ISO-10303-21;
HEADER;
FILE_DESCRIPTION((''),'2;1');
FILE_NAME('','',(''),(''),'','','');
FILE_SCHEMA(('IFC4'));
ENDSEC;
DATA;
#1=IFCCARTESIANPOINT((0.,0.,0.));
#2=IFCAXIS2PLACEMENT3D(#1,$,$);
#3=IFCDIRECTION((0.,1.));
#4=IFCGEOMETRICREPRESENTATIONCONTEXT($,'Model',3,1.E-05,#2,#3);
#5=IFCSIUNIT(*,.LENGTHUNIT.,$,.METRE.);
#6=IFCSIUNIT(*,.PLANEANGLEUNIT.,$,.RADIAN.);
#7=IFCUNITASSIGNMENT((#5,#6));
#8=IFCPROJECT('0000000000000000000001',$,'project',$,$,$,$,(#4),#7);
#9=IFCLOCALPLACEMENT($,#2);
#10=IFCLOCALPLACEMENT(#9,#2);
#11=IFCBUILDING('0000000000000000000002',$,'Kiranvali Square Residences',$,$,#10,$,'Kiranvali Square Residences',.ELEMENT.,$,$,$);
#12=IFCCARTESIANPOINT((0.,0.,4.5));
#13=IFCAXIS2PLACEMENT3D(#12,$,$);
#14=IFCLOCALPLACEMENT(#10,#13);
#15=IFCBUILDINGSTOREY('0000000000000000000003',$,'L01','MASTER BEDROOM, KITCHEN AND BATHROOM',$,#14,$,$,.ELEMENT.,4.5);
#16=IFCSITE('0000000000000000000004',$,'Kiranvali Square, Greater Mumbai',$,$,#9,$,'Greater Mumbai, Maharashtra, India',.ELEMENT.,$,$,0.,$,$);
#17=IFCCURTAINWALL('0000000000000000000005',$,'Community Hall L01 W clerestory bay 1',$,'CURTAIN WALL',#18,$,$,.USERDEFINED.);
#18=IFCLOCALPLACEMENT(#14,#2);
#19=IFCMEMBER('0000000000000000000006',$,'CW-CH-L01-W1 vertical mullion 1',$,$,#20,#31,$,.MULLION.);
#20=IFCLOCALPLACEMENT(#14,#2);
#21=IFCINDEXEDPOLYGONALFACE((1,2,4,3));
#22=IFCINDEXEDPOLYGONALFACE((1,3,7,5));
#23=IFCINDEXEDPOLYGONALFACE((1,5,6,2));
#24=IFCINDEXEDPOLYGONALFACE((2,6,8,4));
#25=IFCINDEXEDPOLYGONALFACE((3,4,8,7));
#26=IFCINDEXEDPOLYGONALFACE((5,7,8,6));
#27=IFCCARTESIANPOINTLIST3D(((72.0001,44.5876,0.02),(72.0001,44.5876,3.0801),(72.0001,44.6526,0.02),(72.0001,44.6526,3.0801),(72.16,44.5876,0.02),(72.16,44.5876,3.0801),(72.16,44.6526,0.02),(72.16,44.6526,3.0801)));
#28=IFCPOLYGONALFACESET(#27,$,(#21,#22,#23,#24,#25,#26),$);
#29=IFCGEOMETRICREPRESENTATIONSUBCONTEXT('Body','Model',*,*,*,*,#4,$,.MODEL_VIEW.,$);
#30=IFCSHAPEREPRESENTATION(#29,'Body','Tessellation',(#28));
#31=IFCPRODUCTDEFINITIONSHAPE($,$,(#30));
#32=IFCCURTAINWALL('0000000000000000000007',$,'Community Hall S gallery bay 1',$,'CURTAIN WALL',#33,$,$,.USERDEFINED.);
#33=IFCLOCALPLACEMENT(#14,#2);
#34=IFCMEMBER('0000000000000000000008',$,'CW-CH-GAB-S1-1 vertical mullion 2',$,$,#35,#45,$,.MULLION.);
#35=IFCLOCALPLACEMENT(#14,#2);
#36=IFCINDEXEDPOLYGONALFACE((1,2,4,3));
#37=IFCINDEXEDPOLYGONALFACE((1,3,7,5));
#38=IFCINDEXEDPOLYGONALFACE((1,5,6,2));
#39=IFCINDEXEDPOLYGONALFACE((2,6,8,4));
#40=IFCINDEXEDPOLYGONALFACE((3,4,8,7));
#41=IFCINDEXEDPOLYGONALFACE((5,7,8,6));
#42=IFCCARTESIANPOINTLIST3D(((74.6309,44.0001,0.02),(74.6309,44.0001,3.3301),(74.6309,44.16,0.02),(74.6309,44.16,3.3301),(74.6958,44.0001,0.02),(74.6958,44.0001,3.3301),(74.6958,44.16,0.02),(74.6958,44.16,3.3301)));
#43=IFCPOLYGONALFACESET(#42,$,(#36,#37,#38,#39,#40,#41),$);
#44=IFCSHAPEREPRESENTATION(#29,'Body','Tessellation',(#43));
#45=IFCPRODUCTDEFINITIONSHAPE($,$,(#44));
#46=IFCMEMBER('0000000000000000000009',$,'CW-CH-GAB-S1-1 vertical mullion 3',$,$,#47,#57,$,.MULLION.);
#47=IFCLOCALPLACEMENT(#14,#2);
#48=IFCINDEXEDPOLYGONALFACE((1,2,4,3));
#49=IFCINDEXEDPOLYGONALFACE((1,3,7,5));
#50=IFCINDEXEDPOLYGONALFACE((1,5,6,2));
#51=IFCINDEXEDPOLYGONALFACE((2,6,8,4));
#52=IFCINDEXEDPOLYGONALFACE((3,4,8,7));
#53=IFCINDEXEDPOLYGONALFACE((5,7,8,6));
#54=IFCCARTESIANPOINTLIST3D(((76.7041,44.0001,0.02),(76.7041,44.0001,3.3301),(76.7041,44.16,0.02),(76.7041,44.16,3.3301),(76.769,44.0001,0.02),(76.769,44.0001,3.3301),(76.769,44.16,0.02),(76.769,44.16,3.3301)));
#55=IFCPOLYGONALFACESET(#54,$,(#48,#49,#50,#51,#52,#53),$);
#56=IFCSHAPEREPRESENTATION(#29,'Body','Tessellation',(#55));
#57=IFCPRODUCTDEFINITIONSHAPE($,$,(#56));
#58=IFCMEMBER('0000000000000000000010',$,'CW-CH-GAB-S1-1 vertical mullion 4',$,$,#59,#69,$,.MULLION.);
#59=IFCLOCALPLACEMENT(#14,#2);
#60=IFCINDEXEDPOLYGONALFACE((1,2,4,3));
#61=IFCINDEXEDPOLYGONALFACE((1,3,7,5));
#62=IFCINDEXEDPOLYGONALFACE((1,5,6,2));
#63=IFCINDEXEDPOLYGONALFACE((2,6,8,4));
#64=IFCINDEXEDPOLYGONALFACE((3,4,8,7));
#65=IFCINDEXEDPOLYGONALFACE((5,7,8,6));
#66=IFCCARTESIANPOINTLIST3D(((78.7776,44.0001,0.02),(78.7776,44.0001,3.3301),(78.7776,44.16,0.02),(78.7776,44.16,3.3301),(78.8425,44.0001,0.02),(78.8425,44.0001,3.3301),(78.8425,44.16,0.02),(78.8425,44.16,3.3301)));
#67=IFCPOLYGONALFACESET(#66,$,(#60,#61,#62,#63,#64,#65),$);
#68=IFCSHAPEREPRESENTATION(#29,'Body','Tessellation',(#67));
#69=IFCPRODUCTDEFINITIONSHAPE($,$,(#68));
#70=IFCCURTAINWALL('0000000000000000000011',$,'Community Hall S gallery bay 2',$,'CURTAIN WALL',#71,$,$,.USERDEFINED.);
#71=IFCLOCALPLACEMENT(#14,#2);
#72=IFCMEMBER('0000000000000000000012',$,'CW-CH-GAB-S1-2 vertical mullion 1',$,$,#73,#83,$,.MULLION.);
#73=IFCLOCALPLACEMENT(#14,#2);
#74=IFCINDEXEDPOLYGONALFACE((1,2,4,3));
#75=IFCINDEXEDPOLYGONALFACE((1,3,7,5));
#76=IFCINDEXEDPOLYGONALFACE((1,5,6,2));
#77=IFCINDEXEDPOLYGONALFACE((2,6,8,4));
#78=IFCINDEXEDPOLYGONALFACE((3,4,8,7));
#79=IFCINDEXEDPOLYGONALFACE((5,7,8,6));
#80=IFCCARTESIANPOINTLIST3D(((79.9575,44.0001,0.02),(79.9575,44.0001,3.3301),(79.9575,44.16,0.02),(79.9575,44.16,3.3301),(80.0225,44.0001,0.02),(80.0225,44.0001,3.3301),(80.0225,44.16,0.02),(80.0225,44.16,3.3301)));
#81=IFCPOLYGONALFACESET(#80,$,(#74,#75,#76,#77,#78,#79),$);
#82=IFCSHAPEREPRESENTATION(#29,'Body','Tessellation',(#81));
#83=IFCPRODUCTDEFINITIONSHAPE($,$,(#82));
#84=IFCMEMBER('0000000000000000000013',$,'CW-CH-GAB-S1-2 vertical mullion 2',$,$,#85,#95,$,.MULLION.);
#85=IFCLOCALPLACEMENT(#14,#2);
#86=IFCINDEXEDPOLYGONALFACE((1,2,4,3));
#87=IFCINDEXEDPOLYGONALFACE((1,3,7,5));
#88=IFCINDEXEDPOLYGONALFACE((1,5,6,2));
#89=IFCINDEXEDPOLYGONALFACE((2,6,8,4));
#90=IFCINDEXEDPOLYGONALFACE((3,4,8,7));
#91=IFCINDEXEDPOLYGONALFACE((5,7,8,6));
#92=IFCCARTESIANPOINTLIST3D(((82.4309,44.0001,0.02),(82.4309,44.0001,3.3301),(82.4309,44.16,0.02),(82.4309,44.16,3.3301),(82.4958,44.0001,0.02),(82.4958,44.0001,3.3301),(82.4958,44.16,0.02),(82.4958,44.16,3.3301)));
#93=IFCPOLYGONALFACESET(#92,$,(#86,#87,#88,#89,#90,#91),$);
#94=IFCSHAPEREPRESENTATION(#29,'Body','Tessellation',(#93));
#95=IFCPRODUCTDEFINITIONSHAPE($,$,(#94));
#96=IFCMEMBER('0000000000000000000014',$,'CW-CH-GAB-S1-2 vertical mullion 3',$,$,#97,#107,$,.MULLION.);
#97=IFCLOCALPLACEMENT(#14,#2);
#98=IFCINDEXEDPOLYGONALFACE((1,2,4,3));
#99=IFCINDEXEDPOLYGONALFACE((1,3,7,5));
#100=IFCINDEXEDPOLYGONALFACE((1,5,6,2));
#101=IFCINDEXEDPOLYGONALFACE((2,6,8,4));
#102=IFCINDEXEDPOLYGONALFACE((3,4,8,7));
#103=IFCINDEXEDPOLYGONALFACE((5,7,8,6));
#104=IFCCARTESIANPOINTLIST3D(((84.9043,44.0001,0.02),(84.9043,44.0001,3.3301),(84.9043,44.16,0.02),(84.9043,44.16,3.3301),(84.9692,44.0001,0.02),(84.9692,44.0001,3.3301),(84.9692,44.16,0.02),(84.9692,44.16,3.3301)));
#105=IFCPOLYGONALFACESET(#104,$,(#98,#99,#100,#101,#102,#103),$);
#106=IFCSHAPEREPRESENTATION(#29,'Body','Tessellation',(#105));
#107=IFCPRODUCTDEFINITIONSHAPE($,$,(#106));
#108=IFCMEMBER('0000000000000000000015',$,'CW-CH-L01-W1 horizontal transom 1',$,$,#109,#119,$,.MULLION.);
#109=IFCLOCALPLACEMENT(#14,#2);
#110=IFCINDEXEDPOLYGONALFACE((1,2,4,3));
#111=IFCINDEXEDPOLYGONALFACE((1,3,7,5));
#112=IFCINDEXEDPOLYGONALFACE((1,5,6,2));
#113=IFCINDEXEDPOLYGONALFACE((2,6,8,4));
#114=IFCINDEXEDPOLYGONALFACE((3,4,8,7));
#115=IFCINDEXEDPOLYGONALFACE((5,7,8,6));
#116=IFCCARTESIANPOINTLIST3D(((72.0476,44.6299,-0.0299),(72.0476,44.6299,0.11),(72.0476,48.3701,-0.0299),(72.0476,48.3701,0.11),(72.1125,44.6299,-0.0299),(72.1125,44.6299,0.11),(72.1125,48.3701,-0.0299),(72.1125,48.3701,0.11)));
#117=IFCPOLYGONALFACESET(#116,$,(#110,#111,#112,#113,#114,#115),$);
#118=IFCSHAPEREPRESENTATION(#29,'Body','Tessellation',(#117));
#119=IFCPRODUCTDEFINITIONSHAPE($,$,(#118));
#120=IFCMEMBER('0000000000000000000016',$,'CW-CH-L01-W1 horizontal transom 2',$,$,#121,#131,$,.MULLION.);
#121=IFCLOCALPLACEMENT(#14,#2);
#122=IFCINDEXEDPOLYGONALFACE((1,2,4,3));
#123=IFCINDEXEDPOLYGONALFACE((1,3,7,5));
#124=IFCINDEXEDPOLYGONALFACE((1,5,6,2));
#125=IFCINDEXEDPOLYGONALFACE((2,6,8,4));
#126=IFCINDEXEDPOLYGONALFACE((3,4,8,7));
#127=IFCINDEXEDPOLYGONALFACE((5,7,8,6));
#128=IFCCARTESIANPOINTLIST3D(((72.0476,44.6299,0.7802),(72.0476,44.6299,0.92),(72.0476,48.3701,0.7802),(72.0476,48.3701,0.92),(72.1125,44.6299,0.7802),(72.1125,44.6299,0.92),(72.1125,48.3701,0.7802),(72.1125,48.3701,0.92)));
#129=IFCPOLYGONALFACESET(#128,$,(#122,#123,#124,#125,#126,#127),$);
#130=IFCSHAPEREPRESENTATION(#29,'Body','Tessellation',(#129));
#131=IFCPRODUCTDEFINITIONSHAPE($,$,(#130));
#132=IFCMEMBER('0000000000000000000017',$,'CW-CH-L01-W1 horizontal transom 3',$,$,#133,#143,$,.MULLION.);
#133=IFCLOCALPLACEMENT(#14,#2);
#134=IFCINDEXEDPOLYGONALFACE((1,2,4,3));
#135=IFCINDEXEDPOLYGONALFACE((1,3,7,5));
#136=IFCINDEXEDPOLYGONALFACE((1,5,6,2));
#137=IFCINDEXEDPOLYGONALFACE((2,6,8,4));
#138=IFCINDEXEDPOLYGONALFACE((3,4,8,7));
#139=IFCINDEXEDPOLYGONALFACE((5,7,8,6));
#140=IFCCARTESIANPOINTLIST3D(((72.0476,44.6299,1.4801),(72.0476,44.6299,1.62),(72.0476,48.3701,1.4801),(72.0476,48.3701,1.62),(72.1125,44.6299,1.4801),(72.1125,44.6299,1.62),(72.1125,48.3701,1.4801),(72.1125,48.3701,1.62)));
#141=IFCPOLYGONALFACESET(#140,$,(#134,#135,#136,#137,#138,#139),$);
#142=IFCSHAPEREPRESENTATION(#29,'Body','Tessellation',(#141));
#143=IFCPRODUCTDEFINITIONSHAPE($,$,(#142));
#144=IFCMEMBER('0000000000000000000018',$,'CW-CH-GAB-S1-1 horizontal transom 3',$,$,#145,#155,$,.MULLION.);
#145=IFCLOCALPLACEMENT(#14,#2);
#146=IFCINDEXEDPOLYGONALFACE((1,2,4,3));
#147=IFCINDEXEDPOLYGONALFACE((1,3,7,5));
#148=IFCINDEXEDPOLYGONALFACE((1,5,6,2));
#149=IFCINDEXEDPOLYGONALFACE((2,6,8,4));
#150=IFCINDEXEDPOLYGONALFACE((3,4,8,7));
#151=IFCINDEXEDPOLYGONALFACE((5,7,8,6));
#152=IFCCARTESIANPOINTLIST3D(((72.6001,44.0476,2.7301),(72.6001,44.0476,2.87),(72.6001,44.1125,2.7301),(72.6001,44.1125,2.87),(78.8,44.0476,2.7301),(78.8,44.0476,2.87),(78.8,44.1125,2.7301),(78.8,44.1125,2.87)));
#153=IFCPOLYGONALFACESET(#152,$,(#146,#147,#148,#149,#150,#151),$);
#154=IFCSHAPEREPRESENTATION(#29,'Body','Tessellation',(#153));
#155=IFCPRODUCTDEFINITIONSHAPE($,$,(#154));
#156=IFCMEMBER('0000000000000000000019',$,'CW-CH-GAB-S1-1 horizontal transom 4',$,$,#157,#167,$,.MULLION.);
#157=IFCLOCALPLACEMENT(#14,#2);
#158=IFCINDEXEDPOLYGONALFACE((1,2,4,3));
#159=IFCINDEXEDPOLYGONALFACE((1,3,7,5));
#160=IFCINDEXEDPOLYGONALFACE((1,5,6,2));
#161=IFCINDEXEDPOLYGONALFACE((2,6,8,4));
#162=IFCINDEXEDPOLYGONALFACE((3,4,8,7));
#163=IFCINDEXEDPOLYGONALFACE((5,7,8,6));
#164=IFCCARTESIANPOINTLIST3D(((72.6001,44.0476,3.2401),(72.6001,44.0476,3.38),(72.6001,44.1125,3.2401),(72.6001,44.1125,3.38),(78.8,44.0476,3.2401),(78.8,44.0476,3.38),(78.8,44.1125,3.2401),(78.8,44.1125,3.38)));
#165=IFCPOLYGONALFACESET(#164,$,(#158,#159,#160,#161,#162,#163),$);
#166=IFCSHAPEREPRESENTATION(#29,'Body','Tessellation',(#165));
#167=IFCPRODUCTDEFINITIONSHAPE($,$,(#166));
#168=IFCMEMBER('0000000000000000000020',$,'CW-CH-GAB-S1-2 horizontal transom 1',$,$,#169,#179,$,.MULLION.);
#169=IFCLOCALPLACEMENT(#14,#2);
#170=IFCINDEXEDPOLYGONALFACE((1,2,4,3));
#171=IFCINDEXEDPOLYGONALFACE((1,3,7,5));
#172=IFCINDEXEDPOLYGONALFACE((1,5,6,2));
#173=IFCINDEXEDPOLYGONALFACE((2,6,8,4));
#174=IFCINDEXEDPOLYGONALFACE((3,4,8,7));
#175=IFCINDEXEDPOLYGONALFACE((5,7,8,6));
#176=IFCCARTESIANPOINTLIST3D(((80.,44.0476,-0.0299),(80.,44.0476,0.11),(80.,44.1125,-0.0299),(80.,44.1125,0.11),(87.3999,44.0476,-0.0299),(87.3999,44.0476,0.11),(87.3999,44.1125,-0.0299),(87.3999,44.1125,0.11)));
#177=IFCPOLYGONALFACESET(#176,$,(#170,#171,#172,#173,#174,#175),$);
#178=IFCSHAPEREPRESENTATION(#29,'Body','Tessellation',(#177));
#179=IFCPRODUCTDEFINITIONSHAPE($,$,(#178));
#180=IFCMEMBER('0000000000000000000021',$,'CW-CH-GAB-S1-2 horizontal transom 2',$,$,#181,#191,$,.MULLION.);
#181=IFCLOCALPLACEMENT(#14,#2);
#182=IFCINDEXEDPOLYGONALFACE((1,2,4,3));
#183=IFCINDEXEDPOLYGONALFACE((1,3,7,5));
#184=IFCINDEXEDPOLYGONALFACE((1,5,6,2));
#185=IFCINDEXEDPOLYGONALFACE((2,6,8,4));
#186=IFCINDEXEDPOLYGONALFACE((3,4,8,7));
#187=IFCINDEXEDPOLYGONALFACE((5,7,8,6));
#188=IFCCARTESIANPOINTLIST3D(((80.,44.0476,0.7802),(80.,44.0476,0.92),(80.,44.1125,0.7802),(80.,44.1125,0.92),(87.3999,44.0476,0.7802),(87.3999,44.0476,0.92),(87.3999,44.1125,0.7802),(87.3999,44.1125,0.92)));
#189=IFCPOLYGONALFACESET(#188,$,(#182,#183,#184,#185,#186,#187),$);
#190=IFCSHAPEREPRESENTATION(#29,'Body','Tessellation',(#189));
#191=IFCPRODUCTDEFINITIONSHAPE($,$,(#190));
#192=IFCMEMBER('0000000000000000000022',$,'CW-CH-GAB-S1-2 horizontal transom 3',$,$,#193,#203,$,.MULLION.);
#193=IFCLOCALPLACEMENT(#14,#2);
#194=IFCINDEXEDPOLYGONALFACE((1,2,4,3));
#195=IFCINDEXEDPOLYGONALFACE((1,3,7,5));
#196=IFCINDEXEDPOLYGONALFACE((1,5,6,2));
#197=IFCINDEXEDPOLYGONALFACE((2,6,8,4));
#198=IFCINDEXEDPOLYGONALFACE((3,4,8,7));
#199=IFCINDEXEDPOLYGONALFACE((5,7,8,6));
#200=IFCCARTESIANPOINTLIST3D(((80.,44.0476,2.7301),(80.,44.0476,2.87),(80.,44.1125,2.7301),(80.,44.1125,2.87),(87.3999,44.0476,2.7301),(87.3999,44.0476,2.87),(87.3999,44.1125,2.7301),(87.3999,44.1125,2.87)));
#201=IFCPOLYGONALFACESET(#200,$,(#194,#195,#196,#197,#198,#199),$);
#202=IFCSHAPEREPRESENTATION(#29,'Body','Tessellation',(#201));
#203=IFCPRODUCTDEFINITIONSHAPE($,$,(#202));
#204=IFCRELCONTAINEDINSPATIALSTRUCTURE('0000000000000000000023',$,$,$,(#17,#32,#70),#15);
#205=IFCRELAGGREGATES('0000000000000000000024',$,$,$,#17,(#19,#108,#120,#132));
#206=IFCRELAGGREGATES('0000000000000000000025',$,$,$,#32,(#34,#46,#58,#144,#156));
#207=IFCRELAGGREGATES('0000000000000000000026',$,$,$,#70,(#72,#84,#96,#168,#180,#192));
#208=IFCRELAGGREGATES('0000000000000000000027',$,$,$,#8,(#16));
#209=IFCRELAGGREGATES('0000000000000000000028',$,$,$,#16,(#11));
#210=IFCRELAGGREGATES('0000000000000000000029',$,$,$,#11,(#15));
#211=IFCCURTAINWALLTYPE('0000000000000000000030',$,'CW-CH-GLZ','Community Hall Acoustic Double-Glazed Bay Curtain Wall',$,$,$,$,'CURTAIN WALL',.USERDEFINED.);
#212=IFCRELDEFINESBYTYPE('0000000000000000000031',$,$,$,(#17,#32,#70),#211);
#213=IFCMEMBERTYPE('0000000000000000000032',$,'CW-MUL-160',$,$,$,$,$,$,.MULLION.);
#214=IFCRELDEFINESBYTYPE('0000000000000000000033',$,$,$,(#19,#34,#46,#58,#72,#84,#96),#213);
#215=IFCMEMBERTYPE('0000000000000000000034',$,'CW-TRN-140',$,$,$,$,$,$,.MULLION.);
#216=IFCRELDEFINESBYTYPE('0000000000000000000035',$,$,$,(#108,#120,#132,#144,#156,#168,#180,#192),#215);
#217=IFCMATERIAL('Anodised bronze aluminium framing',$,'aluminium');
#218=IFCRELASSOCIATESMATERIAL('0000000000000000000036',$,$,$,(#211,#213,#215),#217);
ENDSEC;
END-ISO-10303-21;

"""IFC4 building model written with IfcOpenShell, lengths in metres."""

from ifc_helpers import new_model, si_unit, direction, frame, origin, origin_2d, place, context, subcontext, project, spatial, rectangle, extrude, material, material_profile, profile_set, type_object, element, aggregate, save


model = new_model("IFC4")

# Units and contexts
model_context = context("Model", 3, precision=1e-05, world=origin(), true_north=direction((0.0, 1.0)))
body_context = subcontext(model_context, "Body", "Model", "MODEL_VIEW")
ifc_project = project(units=[si_unit("LENGTHUNIT", "METRE"), si_unit("PLANEANGLEUNIT", "RADIAN")], contexts=[model_context])

# Site, building, storey
site_placement = place(None, origin())
site = spatial("IfcSite", under=ifc_project, at=site_placement, Name="Kiranvali Square, Greater Mumbai", LongName="Greater Mumbai, Maharashtra, India", CompositionType="ELEMENT", RefElevation=0.0)
building_placement = place(site_placement, origin())
building = spatial("IfcBuilding", under=site, at=building_placement, Name="Kiranvali Square Residences", LongName="Kiranvali Square Residences", CompositionType="ELEMENT")
storey_placement = place(building_placement, frame((0.0, 0.0, 4.5)))
storey = spatial("IfcBuildingStorey", under=building, at=storey_placement, Name="L01", Description="MASTER BEDROOM, KITCHEN AND BATHROOM", CompositionType="ELEMENT", Elevation=4.5)

# Curtain wall, member
ifc_material_1 = material(Name="Anodised bronze aluminium framing", Category="aluminium")
curtain_wall_type = type_object("IfcCurtainWallType", Name="CW-CH-GLZ", Description="Community Hall Acoustic Double-Glazed Bay Curtain Wall", ElementType="CURTAIN WALL", PredefinedType="USERDEFINED", material=ifc_material_1)
curtain_wall_1_placement = place(storey_placement, origin())
curtain_wall_1 = element("IfcCurtainWall", 1, at=curtain_wall_1_placement, inside=storey, type_object=curtain_wall_type, Name="Community Hall L01 W clerestory bay 1", ObjectType="CURTAIN WALL", PredefinedType="USERDEFINED")
ifc_material_profile_1 = material_profile(ifc_material_1, rectangle(XDim=0.0649, YDim=0.1599, at=origin_2d()), Name="ALU 65x160")
ifc_profile_set_1 = profile_set([ifc_material_profile_1], Name="Anodised bronze aluminium framing")
member_type_1 = type_object("IfcMemberType", Name="CW-MUL-160", PredefinedType="MULLION", material=ifc_profile_set_1)
member_1_placement = place(storey_placement, frame((72.0801, 44.6201, 0.02), z_axis=(0.0, 0.0, 1.0), x_axis=(0.0, 1.0, 0.0)))
member_1 = element("IfcMember", 2, at=member_1_placement, type_object=member_type_1, Name="CW-CH-L01-W1 vertical mullion 1", PredefinedType="MULLION", context=body_context, shape_type="SweptSolid", body=[
    extrude(rectangle(XDim=0.0649, YDim=0.1599, at=origin_2d()), origin(), (0.0, 0.0, 1.0), 3.0601),
])

# Curtain walls, members
curtain_wall_2_placement = place(storey_placement, origin())
curtain_wall_2 = element("IfcCurtainWall", 3, at=curtain_wall_2_placement, inside=storey, type_object=curtain_wall_type, Name="Community Hall S gallery bay 1", ObjectType="CURTAIN WALL", PredefinedType="USERDEFINED")
member_2_placement = place(storey_placement, frame((74.6633, 44.0801, 0.02), z_axis=(0.0, 0.0, 1.0), x_axis=(1.0, 0.0, 0.0)))
member_2 = element("IfcMember", 4, at=member_2_placement, type_object=member_type_1, Name="CW-CH-GAB-S1-1 vertical mullion 2", PredefinedType="MULLION", context=body_context, shape_type="SweptSolid", body=[
    extrude(rectangle(XDim=0.0649, YDim=0.1599, at=origin_2d()), origin(), (0.0, 0.0, 1.0), 3.3101),
])
member_3_placement = place(storey_placement, frame((76.7366, 44.0801, 0.02), z_axis=(0.0, 0.0, 1.0), x_axis=(1.0, 0.0, 0.0)))
member_3 = element("IfcMember", 5, at=member_3_placement, type_object=member_type_1, Name="CW-CH-GAB-S1-1 vertical mullion 3", PredefinedType="MULLION", context=body_context, shape_type="SweptSolid", body=[
    extrude(rectangle(XDim=0.0649, YDim=0.1599, at=origin_2d()), origin(), (0.0, 0.0, 1.0), 3.3101),
])
member_4_placement = place(storey_placement, frame((78.8101, 44.0801, 0.02), z_axis=(0.0, 0.0, 1.0), x_axis=(1.0, 0.0, 0.0)))
member_4 = element("IfcMember", 6, at=member_4_placement, type_object=member_type_1, Name="CW-CH-GAB-S1-1 vertical mullion 4", PredefinedType="MULLION", context=body_context, shape_type="SweptSolid", body=[
    extrude(rectangle(XDim=0.0649, YDim=0.1599, at=origin_2d()), origin(), (0.0, 0.0, 1.0), 3.3101),
])
curtain_wall_3_placement = place(storey_placement, origin())
curtain_wall_3 = element("IfcCurtainWall", 7, at=curtain_wall_3_placement, inside=storey, type_object=curtain_wall_type, Name="Community Hall S gallery bay 2", ObjectType="CURTAIN WALL", PredefinedType="USERDEFINED")
member_5_placement = place(storey_placement, frame((79.99, 44.0801, 0.02), z_axis=(0.0, 0.0, 1.0), x_axis=(1.0, 0.0, 0.0)))
member_5 = element("IfcMember", 8, at=member_5_placement, type_object=member_type_1, Name="CW-CH-GAB-S1-2 vertical mullion 1", PredefinedType="MULLION", context=body_context, shape_type="SweptSolid", body=[
    extrude(rectangle(XDim=0.0649, YDim=0.1599, at=origin_2d()), origin(), (0.0, 0.0, 1.0), 3.3101),
])
member_6_placement = place(storey_placement, frame((82.4634, 44.0801, 0.02), z_axis=(0.0, 0.0, 1.0), x_axis=(1.0, 0.0, 0.0)))
member_6 = element("IfcMember", 9, at=member_6_placement, type_object=member_type_1, Name="CW-CH-GAB-S1-2 vertical mullion 2", PredefinedType="MULLION", context=body_context, shape_type="SweptSolid", body=[
    extrude(rectangle(XDim=0.0649, YDim=0.1599, at=origin_2d()), origin(), (0.0, 0.0, 1.0), 3.3101),
])
member_7_placement = place(storey_placement, frame((84.9368, 44.0801, 0.02), z_axis=(0.0, 0.0, 1.0), x_axis=(1.0, 0.0, 0.0)))
member_7 = element("IfcMember", 10, at=member_7_placement, type_object=member_type_1, Name="CW-CH-GAB-S1-2 vertical mullion 3", PredefinedType="MULLION", context=body_context, shape_type="SweptSolid", body=[
    extrude(rectangle(XDim=0.0649, YDim=0.1599, at=origin_2d()), origin(), (0.0, 0.0, 1.0), 3.3101),
])

# Members
ifc_material_profile_2 = material_profile(ifc_material_1, rectangle(XDim=0.0649, YDim=0.1399, at=origin_2d()), Name="ALU 65x140")
ifc_profile_set_2 = profile_set([ifc_material_profile_2], Name="Anodised bronze aluminium framing")
member_type_2 = type_object("IfcMemberType", Name="CW-TRN-140", PredefinedType="MULLION", material=ifc_profile_set_2)
member_8_placement = place(storey_placement, frame((72.0801, 44.6299, 0.04), z_axis=(0.0, 1.0, 0.0), x_axis=(-1.0, 0.0, 0.0)))
member_8 = element("IfcMember", 11, at=member_8_placement, type_object=member_type_2, Name="CW-CH-L01-W1 horizontal transom 1", PredefinedType="MULLION", context=body_context, shape_type="SweptSolid", body=[
    extrude(rectangle(XDim=0.0649, YDim=0.1399, at=origin_2d()), origin(), (0.0, 0.0, 1.0), 3.7402),
])
member_9_placement = place(storey_placement, frame((72.0801, 44.6299, 0.8501), z_axis=(0.0, 1.0, 0.0), x_axis=(-1.0, 0.0, 0.0)))
member_9 = element("IfcMember", 12, at=member_9_placement, type_object=member_type_2, Name="CW-CH-L01-W1 horizontal transom 2", PredefinedType="MULLION", context=body_context, shape_type="SweptSolid", body=[
    extrude(rectangle(XDim=0.0649, YDim=0.1399, at=origin_2d()), origin(), (0.0, 0.0, 1.0), 3.7402),
])
member_10_placement = place(storey_placement, frame((72.0801, 44.6299, 1.55), z_axis=(0.0, 1.0, 0.0), x_axis=(-1.0, 0.0, 0.0)))
member_10 = element("IfcMember", 13, at=member_10_placement, type_object=member_type_2, Name="CW-CH-L01-W1 horizontal transom 3", PredefinedType="MULLION", context=body_context, shape_type="SweptSolid", body=[
    extrude(rectangle(XDim=0.0649, YDim=0.1399, at=origin_2d()), origin(), (0.0, 0.0, 1.0), 3.7402),
])
aggregate(curtain_wall_1, [member_1, member_8, member_9, member_10])
member_11_placement = place(storey_placement, frame((72.6001, 44.0801, 2.8), z_axis=(1.0, 0.0, 0.0), x_axis=(0.0, 1.0, 0.0)))
member_11 = element("IfcMember", 14, at=member_11_placement, type_object=member_type_2, Name="CW-CH-GAB-S1-1 horizontal transom 3", PredefinedType="MULLION", context=body_context, shape_type="SweptSolid", body=[
    extrude(rectangle(XDim=0.0649, YDim=0.1399, at=origin_2d()), origin(), (0.0, 0.0, 1.0), 6.2),
])
member_12_placement = place(storey_placement, frame((72.6001, 44.0801, 3.3101), z_axis=(1.0, 0.0, 0.0), x_axis=(0.0, 1.0, 0.0)))
member_12 = element("IfcMember", 15, at=member_12_placement, type_object=member_type_2, Name="CW-CH-GAB-S1-1 horizontal transom 4", PredefinedType="MULLION", context=body_context, shape_type="SweptSolid", body=[
    extrude(rectangle(XDim=0.0649, YDim=0.1399, at=origin_2d()), origin(), (0.0, 0.0, 1.0), 6.2),
])
member_13_placement = place(storey_placement, frame((80.0, 44.0801, 0.04), z_axis=(1.0, 0.0, 0.0), x_axis=(0.0, 1.0, 0.0)))
member_13 = element("IfcMember", 16, at=member_13_placement, type_object=member_type_2, Name="CW-CH-GAB-S1-2 horizontal transom 1", PredefinedType="MULLION", context=body_context, shape_type="SweptSolid", body=[
    extrude(rectangle(XDim=0.0649, YDim=0.1399, at=origin_2d()), origin(), (0.0, 0.0, 1.0), 7.3999),
])
member_14_placement = place(storey_placement, frame((80.0, 44.0801, 0.8501), z_axis=(1.0, 0.0, 0.0), x_axis=(0.0, 1.0, 0.0)))
member_14 = element("IfcMember", 17, at=member_14_placement, type_object=member_type_2, Name="CW-CH-GAB-S1-2 horizontal transom 2", PredefinedType="MULLION", context=body_context, shape_type="SweptSolid", body=[
    extrude(rectangle(XDim=0.0649, YDim=0.1399, at=origin_2d()), origin(), (0.0, 0.0, 1.0), 7.3999),
])
member_15_placement = place(storey_placement, frame((80.0, 44.0801, 2.8), z_axis=(1.0, 0.0, 0.0), x_axis=(0.0, 1.0, 0.0)))
member_15 = element("IfcMember", 18, at=member_15_placement, type_object=member_type_2, Name="CW-CH-GAB-S1-2 horizontal transom 3", PredefinedType="MULLION", context=body_context, shape_type="SweptSolid", body=[
    extrude(rectangle(XDim=0.0649, YDim=0.1399, at=origin_2d()), origin(), (0.0, 0.0, 1.0), 7.3999),
])

aggregate(curtain_wall_2, [member_2, member_3, member_4, member_11, member_12])
aggregate(curtain_wall_3, [member_5, member_6, member_7, member_13, member_14, member_15])

save(model, "model.ifc")
